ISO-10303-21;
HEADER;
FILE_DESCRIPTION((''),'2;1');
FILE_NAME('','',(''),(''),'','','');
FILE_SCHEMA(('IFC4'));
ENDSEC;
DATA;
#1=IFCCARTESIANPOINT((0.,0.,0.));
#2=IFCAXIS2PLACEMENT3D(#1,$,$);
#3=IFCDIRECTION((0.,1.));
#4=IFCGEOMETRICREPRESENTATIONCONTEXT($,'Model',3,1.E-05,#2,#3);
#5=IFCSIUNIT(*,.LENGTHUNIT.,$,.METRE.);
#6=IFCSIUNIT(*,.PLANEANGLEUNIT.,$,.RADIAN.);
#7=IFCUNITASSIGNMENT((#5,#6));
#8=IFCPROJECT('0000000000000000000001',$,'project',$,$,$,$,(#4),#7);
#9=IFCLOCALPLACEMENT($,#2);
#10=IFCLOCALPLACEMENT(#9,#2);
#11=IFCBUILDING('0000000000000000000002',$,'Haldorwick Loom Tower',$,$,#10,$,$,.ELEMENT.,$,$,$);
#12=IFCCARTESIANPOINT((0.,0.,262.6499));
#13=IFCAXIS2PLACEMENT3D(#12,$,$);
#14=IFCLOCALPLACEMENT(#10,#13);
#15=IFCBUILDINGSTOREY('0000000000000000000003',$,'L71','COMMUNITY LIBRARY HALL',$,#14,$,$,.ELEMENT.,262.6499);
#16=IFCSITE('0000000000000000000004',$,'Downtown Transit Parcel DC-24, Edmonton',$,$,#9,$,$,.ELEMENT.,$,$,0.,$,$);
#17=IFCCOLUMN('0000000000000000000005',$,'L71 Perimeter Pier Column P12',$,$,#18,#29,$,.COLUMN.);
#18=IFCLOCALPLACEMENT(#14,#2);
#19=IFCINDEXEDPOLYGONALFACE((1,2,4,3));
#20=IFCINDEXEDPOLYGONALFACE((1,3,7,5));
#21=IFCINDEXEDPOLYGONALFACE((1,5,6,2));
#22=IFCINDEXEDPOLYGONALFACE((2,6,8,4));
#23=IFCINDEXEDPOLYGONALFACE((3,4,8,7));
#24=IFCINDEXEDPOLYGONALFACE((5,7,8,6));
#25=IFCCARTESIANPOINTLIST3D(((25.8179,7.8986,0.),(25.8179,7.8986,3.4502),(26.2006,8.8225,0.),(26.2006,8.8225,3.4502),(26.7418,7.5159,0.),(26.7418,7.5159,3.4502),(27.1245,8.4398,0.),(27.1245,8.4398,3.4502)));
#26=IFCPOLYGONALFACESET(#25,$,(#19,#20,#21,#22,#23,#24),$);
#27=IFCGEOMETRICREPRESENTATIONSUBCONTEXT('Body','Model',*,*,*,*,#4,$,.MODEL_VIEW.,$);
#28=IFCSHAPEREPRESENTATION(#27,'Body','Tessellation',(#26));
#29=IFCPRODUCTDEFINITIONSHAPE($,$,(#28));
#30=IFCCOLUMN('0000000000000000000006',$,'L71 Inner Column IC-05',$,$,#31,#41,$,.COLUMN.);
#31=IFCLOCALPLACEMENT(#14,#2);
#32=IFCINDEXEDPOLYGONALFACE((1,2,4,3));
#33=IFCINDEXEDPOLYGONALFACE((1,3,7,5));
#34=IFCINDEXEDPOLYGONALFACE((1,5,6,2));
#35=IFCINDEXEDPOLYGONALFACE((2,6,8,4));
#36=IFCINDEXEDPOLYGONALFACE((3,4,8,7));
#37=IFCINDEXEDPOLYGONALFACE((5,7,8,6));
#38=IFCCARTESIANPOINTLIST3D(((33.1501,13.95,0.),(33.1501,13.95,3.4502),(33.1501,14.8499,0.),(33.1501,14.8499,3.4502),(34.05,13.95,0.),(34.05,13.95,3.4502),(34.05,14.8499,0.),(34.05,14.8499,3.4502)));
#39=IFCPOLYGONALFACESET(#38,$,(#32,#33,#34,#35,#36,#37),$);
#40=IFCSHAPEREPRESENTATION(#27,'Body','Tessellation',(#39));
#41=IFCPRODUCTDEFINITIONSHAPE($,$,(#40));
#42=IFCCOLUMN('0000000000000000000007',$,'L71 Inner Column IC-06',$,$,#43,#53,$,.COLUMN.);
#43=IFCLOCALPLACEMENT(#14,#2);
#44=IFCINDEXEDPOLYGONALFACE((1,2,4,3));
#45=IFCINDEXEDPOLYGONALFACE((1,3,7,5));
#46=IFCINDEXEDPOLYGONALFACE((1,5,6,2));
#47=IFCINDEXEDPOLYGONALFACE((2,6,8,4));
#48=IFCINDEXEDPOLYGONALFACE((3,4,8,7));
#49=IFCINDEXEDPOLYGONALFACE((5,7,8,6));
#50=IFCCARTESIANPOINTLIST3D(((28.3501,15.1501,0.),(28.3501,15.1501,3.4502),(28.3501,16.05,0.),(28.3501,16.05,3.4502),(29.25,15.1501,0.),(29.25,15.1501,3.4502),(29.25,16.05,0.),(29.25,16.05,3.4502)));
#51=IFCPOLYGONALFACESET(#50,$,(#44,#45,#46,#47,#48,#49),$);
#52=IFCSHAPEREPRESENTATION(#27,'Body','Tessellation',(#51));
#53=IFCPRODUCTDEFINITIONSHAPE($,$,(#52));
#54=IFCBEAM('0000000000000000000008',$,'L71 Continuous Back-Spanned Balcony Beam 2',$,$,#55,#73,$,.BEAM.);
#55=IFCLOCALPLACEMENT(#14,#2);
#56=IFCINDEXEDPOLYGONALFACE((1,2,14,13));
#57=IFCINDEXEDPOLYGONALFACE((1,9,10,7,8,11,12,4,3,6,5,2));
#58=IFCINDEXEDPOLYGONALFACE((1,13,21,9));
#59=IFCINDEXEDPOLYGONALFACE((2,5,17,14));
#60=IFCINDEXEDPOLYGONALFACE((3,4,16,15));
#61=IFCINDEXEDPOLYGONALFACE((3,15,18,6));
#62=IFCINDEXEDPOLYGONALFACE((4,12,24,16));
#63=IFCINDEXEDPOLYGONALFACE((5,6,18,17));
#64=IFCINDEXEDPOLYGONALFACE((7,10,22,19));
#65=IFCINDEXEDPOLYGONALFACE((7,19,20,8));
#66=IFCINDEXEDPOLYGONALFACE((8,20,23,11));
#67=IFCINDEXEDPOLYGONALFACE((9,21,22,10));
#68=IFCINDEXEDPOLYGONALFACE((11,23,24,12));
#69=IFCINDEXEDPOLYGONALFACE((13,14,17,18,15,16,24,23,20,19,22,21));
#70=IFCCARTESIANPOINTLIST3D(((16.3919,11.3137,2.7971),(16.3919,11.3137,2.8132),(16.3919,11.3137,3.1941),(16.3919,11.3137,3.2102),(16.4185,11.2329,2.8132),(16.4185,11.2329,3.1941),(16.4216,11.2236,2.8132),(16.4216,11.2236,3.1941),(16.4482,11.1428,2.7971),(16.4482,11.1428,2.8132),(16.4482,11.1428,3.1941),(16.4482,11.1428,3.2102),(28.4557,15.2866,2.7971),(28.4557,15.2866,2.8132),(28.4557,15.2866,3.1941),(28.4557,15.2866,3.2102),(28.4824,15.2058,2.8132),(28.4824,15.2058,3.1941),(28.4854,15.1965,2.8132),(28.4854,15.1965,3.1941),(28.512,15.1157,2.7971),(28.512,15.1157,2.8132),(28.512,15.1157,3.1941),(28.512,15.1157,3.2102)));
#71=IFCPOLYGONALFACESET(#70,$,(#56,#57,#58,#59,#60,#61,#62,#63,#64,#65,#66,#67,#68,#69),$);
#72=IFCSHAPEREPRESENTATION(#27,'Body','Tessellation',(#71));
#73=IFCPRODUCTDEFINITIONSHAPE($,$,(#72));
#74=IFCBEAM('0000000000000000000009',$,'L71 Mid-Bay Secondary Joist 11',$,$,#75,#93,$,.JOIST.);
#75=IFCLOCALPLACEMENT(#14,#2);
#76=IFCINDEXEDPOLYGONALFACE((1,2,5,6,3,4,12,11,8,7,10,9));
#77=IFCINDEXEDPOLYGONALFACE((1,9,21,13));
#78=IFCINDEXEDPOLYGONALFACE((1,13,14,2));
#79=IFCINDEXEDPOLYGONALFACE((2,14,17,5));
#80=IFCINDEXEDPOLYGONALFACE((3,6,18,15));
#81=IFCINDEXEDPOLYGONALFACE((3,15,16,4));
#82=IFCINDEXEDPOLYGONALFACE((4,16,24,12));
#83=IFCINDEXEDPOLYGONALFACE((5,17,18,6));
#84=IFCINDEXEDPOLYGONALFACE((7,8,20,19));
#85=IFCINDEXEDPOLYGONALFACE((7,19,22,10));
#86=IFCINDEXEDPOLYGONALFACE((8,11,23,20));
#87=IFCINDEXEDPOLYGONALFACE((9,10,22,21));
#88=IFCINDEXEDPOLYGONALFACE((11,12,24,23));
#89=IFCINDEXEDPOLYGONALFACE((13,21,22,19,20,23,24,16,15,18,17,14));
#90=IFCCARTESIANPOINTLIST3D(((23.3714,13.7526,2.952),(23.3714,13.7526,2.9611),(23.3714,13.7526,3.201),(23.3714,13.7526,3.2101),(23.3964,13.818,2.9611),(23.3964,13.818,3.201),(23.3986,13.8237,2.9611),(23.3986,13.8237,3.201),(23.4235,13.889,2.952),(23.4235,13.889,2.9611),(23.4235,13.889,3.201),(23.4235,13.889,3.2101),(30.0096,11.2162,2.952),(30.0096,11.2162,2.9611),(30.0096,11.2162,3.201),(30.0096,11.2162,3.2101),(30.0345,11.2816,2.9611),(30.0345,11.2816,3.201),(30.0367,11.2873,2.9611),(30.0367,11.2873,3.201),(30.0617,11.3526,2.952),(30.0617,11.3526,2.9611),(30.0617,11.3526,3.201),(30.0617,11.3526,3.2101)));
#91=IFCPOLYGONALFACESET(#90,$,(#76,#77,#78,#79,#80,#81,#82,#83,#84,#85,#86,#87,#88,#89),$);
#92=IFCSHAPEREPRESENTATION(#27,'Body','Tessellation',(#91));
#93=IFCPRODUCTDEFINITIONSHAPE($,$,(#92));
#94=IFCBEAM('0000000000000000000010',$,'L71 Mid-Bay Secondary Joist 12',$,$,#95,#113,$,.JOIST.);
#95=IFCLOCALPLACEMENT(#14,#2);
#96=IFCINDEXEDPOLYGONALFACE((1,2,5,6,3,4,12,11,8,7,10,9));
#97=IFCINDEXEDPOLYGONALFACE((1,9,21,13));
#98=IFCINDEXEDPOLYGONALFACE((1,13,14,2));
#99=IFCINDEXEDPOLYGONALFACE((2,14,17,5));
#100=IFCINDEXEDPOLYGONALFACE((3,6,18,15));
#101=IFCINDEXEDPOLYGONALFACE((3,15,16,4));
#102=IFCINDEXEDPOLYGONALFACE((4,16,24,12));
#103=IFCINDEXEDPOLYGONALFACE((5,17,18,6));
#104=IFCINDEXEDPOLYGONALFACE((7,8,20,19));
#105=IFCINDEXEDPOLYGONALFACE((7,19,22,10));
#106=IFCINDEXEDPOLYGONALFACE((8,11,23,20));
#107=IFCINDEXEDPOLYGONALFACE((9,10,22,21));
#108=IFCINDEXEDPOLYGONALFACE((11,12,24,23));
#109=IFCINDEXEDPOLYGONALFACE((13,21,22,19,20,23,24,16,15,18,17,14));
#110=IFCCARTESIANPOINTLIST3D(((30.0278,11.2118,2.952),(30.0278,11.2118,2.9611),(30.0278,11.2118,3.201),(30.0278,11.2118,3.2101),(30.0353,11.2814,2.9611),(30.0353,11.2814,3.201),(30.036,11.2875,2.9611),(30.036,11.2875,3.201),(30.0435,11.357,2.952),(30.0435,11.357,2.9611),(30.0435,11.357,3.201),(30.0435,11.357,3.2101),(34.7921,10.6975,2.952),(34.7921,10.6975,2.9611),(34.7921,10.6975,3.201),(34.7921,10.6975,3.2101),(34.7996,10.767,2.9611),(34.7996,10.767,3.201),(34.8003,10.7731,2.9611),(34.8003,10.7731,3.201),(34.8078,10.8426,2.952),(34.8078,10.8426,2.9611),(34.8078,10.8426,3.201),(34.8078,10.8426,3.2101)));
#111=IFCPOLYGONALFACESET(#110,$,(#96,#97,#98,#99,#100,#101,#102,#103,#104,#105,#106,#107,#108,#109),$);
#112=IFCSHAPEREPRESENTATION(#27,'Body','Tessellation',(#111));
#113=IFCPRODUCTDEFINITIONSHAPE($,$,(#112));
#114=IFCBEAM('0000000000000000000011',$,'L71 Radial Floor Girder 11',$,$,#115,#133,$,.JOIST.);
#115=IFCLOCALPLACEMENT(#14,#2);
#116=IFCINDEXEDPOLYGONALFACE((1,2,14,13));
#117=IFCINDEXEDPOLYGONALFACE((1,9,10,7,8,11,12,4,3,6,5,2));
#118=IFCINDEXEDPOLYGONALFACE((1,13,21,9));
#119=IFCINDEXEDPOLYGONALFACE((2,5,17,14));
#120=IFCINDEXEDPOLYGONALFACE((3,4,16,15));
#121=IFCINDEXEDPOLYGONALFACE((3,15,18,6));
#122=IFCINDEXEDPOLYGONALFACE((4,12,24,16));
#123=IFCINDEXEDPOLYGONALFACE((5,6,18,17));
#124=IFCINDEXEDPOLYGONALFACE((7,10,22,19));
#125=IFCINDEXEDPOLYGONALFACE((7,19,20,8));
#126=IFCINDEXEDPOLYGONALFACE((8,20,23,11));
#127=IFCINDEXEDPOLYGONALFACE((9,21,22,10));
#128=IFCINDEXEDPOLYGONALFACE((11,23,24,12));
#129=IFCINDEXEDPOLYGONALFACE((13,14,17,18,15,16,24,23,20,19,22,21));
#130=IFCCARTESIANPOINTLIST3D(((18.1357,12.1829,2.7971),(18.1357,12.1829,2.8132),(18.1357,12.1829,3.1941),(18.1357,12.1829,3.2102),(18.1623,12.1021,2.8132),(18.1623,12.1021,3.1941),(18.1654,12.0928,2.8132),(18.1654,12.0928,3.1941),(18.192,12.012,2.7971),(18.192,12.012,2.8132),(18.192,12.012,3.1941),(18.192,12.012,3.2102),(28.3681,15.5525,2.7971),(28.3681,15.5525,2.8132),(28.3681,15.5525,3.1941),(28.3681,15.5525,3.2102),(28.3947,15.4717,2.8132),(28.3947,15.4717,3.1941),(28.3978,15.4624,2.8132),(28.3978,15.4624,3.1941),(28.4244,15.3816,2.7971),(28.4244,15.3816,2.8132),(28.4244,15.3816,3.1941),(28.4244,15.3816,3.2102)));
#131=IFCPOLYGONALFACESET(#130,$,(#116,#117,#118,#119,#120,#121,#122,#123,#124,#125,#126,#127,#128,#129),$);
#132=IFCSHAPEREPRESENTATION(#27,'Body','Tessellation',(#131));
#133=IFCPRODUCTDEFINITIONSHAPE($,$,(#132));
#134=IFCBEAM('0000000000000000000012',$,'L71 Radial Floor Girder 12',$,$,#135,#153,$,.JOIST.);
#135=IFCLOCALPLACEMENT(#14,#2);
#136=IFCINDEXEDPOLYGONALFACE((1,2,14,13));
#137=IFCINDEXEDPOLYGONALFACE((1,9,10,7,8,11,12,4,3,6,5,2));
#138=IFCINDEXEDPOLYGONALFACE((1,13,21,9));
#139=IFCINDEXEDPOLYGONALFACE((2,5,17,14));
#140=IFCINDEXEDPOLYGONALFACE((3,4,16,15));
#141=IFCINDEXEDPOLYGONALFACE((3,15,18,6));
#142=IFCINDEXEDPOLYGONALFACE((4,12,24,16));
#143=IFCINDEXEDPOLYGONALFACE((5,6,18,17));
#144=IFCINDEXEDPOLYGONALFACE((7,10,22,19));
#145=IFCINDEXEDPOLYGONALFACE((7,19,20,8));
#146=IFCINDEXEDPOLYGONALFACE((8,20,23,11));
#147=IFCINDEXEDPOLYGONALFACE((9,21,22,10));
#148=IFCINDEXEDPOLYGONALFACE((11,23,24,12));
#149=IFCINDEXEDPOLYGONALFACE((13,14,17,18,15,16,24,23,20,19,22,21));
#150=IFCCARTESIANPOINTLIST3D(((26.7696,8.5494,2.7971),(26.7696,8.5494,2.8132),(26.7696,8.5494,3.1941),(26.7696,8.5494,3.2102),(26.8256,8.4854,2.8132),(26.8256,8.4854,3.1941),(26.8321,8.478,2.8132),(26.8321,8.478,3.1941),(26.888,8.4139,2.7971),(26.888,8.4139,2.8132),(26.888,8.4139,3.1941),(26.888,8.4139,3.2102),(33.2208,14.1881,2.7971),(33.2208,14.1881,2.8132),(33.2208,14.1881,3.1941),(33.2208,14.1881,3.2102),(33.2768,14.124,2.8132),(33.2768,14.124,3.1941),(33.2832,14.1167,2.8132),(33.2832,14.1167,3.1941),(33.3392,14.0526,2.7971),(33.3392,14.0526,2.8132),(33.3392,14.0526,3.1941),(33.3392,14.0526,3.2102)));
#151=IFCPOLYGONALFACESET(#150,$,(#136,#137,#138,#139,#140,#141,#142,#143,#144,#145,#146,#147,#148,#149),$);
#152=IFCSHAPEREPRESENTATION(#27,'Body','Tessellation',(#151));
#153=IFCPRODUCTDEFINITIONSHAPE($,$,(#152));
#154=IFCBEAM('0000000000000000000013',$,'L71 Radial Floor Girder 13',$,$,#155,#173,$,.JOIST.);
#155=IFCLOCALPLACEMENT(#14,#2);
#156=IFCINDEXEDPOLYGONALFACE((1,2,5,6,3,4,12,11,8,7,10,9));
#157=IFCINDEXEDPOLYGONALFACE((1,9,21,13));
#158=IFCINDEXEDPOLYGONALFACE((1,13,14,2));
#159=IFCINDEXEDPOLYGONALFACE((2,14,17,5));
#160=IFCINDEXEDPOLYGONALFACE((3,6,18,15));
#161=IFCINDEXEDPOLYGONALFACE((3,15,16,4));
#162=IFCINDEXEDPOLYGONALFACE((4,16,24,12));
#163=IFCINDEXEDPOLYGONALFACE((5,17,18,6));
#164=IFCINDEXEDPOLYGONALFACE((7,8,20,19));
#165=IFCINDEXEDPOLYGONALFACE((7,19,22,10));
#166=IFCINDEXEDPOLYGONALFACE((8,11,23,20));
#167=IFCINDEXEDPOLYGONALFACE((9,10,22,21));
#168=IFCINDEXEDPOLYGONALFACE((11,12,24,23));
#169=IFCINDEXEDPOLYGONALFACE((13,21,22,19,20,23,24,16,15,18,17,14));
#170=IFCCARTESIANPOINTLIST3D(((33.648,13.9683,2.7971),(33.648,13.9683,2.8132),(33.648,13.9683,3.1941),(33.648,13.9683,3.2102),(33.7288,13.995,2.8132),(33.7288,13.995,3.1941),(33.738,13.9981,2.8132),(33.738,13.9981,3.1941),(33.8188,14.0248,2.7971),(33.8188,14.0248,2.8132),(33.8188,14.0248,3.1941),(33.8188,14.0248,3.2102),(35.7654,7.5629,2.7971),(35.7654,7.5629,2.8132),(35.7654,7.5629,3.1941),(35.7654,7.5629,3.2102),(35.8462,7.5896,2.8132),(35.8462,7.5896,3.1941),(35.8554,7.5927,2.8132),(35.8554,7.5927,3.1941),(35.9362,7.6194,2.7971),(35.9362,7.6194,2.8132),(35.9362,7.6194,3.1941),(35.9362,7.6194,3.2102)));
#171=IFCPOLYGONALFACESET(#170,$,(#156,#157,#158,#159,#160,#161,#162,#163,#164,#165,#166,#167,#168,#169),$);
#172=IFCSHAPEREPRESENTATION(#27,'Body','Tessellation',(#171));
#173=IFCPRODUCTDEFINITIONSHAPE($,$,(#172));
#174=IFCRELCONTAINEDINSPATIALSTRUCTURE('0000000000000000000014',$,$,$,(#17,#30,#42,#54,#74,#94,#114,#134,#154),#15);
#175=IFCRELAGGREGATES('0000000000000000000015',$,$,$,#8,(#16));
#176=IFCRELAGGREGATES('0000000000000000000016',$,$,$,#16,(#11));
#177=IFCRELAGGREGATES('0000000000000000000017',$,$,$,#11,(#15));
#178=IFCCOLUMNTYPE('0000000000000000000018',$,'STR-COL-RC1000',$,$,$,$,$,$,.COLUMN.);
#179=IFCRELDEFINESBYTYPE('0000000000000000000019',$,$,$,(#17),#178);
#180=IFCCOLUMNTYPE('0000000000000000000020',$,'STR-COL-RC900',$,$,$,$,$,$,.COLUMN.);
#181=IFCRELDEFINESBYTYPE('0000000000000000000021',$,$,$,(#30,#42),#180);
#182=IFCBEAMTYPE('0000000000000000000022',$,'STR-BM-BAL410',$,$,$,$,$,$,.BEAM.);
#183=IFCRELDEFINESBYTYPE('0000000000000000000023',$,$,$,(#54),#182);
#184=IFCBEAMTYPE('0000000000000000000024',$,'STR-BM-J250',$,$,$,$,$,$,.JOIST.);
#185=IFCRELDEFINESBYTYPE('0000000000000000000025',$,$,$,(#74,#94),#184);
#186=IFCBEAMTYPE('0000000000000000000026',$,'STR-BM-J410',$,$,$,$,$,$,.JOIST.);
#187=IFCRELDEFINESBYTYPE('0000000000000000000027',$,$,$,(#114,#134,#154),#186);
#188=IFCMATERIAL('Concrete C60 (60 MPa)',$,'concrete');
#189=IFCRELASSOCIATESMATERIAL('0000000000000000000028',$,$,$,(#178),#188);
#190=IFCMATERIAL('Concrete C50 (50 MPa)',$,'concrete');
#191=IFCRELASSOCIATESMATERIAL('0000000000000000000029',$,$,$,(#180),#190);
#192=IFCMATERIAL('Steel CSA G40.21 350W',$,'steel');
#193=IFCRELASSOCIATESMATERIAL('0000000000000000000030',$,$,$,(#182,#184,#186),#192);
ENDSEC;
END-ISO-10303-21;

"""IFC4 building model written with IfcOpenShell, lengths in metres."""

from ifc_helpers import new_model, si_unit, direction, frame, origin, origin_2d, place, context, subcontext, project, spatial, rectangle, i_section, extrude, material, material_profile, profile_set, type_object, element, save


model = new_model("IFC4")

# Units and contexts
model_context = context("Model", 3, precision=1e-05, world=origin(), true_north=direction((0.0, 1.0)))
body_context = subcontext(model_context, "Body", "Model", "MODEL_VIEW")
ifc_project = project(units=[si_unit("LENGTHUNIT", "METRE"), si_unit("PLANEANGLEUNIT", "RADIAN")], contexts=[model_context])

# Site, building, storey
site_placement = place(None, origin())
site = spatial("IfcSite", under=ifc_project, at=site_placement, Name="Downtown Transit Parcel DC-24, Edmonton", CompositionType="ELEMENT", RefElevation=0.0)
building_placement = place(site_placement, origin())
building = spatial("IfcBuilding", under=site, at=building_placement, Name="Haldorwick Loom Tower", CompositionType="ELEMENT")
storey_placement = place(building_placement, frame((0.0, 0.0, 262.6499)))
storey = spatial("IfcBuildingStorey", under=building, at=storey_placement, Name="L71", Description="COMMUNITY LIBRARY HALL", CompositionType="ELEMENT", Elevation=262.6499)

# Columns
ifc_material_1 = material(Name="Concrete C60 (60 MPa)", Category="concrete")
ifc_material_profile_1 = material_profile(ifc_material_1, rectangle(XDim=1.0, YDim=1.0, at=origin_2d()), Name="RC1000X1000", Category="concrete")
ifc_profile_set_1 = profile_set([ifc_material_profile_1], Name="Concrete C60 (60 MPa)")
column_type_1 = type_object("IfcColumnType", Name="STR-COL-RC1000", PredefinedType="COLUMN", material=ifc_profile_set_1)
column_placement = place(storey_placement, frame((26.4712, 8.1692, 0.0), z_axis=(0.0, 0.0, 1.0), x_axis=(-0.382683, -0.92388, 0.0)))
element("IfcColumn", 1, at=column_placement, inside=storey, type_object=column_type_1, Name="L71 Perimeter Pier Column P12", PredefinedType="COLUMN", context=body_context, shape_type="SweptSolid", body=[
    extrude(rectangle(XDim=1.0, YDim=1.0, at=origin_2d()), origin(), (0.0, 0.0, 1.0), 3.4502),
])
ifc_material_2 = material(Name="Concrete C50 (50 MPa)", Category="concrete")
ifc_material_profile_2 = material_profile(ifc_material_2, rectangle(XDim=0.8999, YDim=0.8999, at=origin_2d()), Name="RC900X900", Category="concrete")
ifc_profile_set_2 = profile_set([ifc_material_profile_2], Name="Concrete C50 (50 MPa)")
column_type_2 = type_object("IfcColumnType", Name="STR-COL-RC900", PredefinedType="COLUMN", material=ifc_profile_set_2)
for number, where, z_axis, x_axis, name in (
    (2, (33.6001, 14.3999, 0.0), (0.0, 0.0, 1.0), (1.0, 0.0, 0.0), "L71 Inner Column IC-05"),
    (3, (28.8, 15.6001, 0.0), (0.0, 0.0, 1.0), (1.0, 0.0, 0.0), "L71 Inner Column IC-06"),
):
    element("IfcColumn", number, at=place(storey_placement, frame(where, z_axis=z_axis, x_axis=x_axis)), inside=storey, type_object=column_type_2, Name=name, PredefinedType="COLUMN", context=body_context, shape_type="SweptSolid", body=[
        extrude(rectangle(XDim=0.8999, YDim=0.8999, at=origin_2d()), origin(), (0.0, 0.0, 1.0), 3.4502),
    ])

# Beams
ifc_material_3 = material(Name="Steel CSA G40.21 350W", Category="steel")
ifc_material_profile_3 = material_profile(ifc_material_3, i_section(OverallWidth=0.1799, OverallDepth=0.4131, WebThickness=0.0098, FlangeThickness=0.0161, at=origin_2d()), Name="W410X74", Category="steel")
ifc_profile_set_3 = profile_set([ifc_material_profile_3], Name="Steel CSA G40.21 350W")
beam_type_1 = type_object("IfcBeamType", Name="STR-BM-BAL410", PredefinedType="BEAM", material=ifc_profile_set_3)
beam_1_placement = place(storey_placement, frame((28.4839, 15.2012, 3.0037), z_axis=(-0.949819, -0.3128, 0.0), x_axis=(0.3128, -0.949819, 0.0)))
element("IfcBeam", 4, at=beam_1_placement, inside=storey, type_object=beam_type_1, Name="L71 Continuous Back-Spanned Balcony Beam 2", PredefinedType="BEAM", context=body_context, shape_type="SweptSolid", body=[
    extrude(i_section(OverallWidth=0.1799, OverallDepth=0.4131, WebThickness=0.0098, FlangeThickness=0.0161, at=origin_2d()), origin(), (0.0, 0.0, 1.0), 12.7012),
])
ifc_material_profile_4 = material_profile(ifc_material_3, i_section(OverallWidth=0.146, OverallDepth=0.2581, WebThickness=0.0061, FlangeThickness=0.009, at=origin_2d()), Name="W250X33", Category="steel")
ifc_profile_set_4 = profile_set([ifc_material_profile_4], Name="Steel CSA G40.21 350W")
beam_type_2 = type_object("IfcBeamType", Name="STR-BM-J250", PredefinedType="JOIST", material=ifc_profile_set_4)
beam_2_placement = place(storey_placement, frame((23.3975, 13.8208, 3.0811), z_axis=(0.934134, -0.356922, 0.0), x_axis=(0.356922, 0.934134, 0.0)))
element("IfcBeam", 5, at=beam_2_placement, inside=storey, type_object=beam_type_2, Name="L71 Mid-Bay Secondary Joist 11", PredefinedType="JOIST", context=body_context, shape_type="SweptSolid", body=[
    extrude(i_section(OverallWidth=0.146, OverallDepth=0.2581, WebThickness=0.0061, FlangeThickness=0.009, at=origin_2d()), origin(), (0.0, 0.0, 1.0), 7.1062),
])
beam_3_placement = place(storey_placement, frame((30.0356, 11.2844, 3.0811), z_axis=(0.994222, -0.107344, 0.0), x_axis=(0.107344, 0.994222, 0.0)))
element("IfcBeam", 6, at=beam_3_placement, inside=storey, type_object=beam_type_2, Name="L71 Mid-Bay Secondary Joist 12", PredefinedType="JOIST", context=body_context, shape_type="SweptSolid", body=[
    extrude(i_section(OverallWidth=0.146, OverallDepth=0.2581, WebThickness=0.0061, FlangeThickness=0.009, at=origin_2d()), origin(), (0.0, 0.0, 1.0), 4.792),
])
ifc_material_profile_5 = material_profile(ifc_material_3, i_section(OverallWidth=0.1799, OverallDepth=0.4131, WebThickness=0.0098, FlangeThickness=0.0161, at=origin_2d()), Name="W410X74", Category="steel")
ifc_profile_set_5 = profile_set([ifc_material_profile_5], Name="Steel CSA G40.21 350W")
beam_type_3 = type_object("IfcBeamType", Name="STR-BM-J410", PredefinedType="JOIST", material=ifc_profile_set_5)
beam_4_placement = place(storey_placement, frame((28.3962, 15.467, 3.0037), z_axis=(-0.949824, -0.312786, 0.0), x_axis=(0.312786, -0.949824, 0.0)))
element("IfcBeam", 7, at=beam_4_placement, inside=storey, type_object=beam_type_3, Name="L71 Radial Floor Girder 11", PredefinedType="JOIST", context=body_context, shape_type="SweptSolid", body=[
    extrude(i_section(OverallWidth=0.1799, OverallDepth=0.4131, WebThickness=0.0098, FlangeThickness=0.0161, at=origin_2d()), origin(), (0.0, 0.0, 1.0), 10.7729),
])
beam_5_placement = place(storey_placement, frame((33.28, 14.1204, 3.0037), z_axis=(-0.75293, -0.658101, 0.0), x_axis=(0.658101, -0.75293, 0.0)))
element("IfcBeam", 8, at=beam_5_placement, inside=storey, type_object=beam_type_3, Name="L71 Radial Floor Girder 12", PredefinedType="JOIST", context=body_context, shape_type="SweptSolid", body=[
    extrude(i_section(OverallWidth=0.1799, OverallDepth=0.4131, WebThickness=0.0098, FlangeThickness=0.0161, at=origin_2d()), origin(), (0.0, 0.0, 1.0), 8.5681),
])
beam_6_placement = place(storey_placement, frame((33.7334, 13.9966, 3.0037), z_axis=(0.31386, -0.949469, 0.0), x_axis=(0.949469, 0.31386, 0.0)))
element("IfcBeam", 9, at=beam_6_placement, inside=storey, type_object=beam_type_3, Name="L71 Radial Floor Girder 13", PredefinedType="JOIST", context=body_context, shape_type="SweptSolid", body=[
    extrude(i_section(OverallWidth=0.1799, OverallDepth=0.4131, WebThickness=0.0098, FlangeThickness=0.0161, at=origin_2d()), origin(), (0.0, 0.0, 1.0), 6.7463),
])

save(model, "model.ifc")
